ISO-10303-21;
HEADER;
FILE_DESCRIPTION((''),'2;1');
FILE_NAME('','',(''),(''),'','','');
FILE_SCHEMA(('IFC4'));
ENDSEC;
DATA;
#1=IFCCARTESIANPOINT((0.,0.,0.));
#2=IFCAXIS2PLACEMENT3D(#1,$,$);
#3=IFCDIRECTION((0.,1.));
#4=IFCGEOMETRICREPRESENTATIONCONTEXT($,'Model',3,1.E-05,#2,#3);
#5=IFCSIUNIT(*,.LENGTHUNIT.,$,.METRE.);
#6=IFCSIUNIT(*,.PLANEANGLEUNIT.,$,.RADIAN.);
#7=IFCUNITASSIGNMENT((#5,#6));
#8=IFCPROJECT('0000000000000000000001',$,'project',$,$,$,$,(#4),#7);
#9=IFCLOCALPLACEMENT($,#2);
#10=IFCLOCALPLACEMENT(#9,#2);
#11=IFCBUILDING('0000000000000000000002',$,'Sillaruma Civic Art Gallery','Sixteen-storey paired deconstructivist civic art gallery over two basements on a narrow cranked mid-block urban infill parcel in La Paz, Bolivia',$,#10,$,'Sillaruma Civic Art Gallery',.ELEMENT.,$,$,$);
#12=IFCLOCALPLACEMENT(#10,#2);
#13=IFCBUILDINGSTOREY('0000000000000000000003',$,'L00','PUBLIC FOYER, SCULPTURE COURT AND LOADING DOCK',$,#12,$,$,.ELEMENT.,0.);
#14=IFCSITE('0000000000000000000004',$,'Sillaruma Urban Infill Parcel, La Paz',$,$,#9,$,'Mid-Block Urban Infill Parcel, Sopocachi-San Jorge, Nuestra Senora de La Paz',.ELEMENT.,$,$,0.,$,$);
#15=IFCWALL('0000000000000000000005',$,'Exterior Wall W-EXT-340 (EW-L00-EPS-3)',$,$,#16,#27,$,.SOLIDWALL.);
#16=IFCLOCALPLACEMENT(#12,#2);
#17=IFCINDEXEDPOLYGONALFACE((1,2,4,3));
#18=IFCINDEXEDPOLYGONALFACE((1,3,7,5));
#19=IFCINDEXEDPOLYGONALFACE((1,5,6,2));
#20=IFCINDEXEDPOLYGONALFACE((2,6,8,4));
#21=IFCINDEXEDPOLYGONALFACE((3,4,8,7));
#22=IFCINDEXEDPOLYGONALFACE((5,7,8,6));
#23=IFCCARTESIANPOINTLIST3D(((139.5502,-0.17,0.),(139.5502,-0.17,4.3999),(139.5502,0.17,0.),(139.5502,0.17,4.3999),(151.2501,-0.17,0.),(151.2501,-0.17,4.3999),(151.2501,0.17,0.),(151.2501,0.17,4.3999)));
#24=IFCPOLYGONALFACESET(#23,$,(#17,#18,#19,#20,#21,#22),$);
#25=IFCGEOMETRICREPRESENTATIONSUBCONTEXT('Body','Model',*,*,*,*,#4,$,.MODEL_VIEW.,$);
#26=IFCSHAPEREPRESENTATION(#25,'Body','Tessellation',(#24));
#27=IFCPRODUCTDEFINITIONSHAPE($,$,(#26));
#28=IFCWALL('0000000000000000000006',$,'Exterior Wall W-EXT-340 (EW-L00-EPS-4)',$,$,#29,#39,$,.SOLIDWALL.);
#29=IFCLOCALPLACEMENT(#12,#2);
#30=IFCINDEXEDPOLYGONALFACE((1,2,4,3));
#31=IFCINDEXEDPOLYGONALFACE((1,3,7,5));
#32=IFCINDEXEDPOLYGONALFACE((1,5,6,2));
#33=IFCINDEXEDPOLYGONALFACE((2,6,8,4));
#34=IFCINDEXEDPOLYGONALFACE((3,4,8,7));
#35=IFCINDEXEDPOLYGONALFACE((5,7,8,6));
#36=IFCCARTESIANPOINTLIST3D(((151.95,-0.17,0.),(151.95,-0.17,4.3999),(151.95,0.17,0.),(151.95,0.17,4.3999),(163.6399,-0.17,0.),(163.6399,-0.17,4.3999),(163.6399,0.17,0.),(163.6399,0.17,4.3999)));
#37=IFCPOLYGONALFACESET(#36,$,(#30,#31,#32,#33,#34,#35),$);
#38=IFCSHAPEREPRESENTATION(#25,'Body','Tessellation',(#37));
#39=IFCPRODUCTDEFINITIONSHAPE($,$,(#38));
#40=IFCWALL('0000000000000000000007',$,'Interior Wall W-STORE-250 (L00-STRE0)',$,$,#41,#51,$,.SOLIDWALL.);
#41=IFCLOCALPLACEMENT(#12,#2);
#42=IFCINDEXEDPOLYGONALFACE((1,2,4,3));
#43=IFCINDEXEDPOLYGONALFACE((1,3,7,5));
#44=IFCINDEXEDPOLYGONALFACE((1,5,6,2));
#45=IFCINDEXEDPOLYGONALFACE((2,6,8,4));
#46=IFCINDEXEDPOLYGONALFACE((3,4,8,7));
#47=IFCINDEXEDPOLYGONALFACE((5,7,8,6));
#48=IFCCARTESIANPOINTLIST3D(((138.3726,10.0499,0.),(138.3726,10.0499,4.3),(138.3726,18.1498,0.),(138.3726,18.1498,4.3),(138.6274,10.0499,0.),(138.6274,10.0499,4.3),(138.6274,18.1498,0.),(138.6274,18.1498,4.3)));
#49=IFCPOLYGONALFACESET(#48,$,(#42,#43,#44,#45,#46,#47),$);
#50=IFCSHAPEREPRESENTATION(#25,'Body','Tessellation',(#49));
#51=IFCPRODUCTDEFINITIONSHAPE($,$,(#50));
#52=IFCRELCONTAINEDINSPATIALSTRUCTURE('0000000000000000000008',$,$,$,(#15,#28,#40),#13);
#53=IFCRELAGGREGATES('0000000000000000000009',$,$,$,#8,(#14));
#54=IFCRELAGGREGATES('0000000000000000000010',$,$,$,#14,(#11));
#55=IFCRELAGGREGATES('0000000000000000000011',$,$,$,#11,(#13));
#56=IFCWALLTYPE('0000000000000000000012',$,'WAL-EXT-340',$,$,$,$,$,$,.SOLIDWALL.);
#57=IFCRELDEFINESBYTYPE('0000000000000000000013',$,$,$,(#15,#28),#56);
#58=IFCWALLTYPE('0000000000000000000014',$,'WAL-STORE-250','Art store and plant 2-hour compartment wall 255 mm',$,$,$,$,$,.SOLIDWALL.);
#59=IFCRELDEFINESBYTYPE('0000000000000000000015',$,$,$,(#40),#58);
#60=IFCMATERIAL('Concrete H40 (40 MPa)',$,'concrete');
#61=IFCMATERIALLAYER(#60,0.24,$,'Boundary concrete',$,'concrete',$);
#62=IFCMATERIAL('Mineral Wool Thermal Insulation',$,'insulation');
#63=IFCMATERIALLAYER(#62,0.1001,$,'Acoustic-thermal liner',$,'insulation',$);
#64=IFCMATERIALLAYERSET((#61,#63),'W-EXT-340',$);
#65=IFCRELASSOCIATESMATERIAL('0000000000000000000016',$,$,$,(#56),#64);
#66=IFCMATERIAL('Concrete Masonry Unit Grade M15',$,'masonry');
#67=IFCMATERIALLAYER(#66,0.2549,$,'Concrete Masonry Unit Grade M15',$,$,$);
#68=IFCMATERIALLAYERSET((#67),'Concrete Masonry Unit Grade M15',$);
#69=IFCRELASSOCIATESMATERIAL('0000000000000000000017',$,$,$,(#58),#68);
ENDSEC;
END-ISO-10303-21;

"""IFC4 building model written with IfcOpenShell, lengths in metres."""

from ifc_helpers import new_model, si_unit, direction, frame, frame_2d, origin, place, context, subcontext, project, spatial, rectangle, extrude, material, layer, layer_set, type_object, element, save


model = new_model("IFC4")

# Units and contexts
model_context = context("Model", 3, precision=1e-05, world=origin(), true_north=direction((0.0, 1.0)))
body_context = subcontext(model_context, "Body", "Model", "MODEL_VIEW")
ifc_project = project(units=[si_unit("LENGTHUNIT", "METRE"), si_unit("PLANEANGLEUNIT", "RADIAN")], contexts=[model_context])

# Site, building, storey
site_placement = place(None, origin())
site = spatial("IfcSite", under=ifc_project, at=site_placement, Name="Sillaruma Urban Infill Parcel, La Paz", LongName="Mid-Block Urban Infill Parcel, Sopocachi-San Jorge, Nuestra Senora de La Paz", CompositionType="ELEMENT", RefElevation=0.0)
building_placement = place(site_placement, origin())
building = spatial("IfcBuilding", under=site, at=building_placement, Name="Sillaruma Civic Art Gallery", Description="Sixteen-storey paired deconstructivist civic art gallery over two basements on a narrow cranked mid-block urban infill parcel in La Paz, Bolivia", LongName="Sillaruma Civic Art Gallery", CompositionType="ELEMENT")
storey_placement = place(building_placement, origin())
storey = spatial("IfcBuildingStorey", under=building, at=storey_placement, Name="L00", Description="PUBLIC FOYER, SCULPTURE COURT AND LOADING DOCK", CompositionType="ELEMENT", Elevation=0.0)

# Shared definitions
ifc_material_1 = material(Name="Concrete H40 (40 MPa)", Category="concrete")

# Walls
ifc_layer_1 = layer(ifc_material_1, 0.24, Name="Boundary concrete", Category="concrete")
ifc_material_2 = material(Name="Mineral Wool Thermal Insulation", Category="insulation")
ifc_layer_2 = layer(ifc_material_2, 0.1001, Name="Acoustic-thermal liner", Category="insulation")
ifc_layer_set_1 = layer_set([ifc_layer_1, ifc_layer_2], Name="W-EXT-340")
wall_type_1 = type_object("IfcWallType", Name="WAL-EXT-340", PredefinedType="SOLIDWALL", material=ifc_layer_set_1)
wall_1_placement = place(storey_placement, frame((139.55, 0.0, 0.0), z_axis=(0.0, 0.0, 1.0), x_axis=(1.0, 0.0, 0.0)))
element("IfcWall", 1, at=wall_1_placement, inside=storey, type_object=wall_type_1, Name="Exterior Wall W-EXT-340 (EW-L00-EPS-3)", PredefinedType="SOLIDWALL", context=body_context, shape_type="SweptSolid", body=[
    extrude(rectangle(XDim=11.7, YDim=0.3401, at=frame_2d((5.8501, 0.0))), origin(), (0.0, 0.0, 1.0), 4.3999),
])
wall_2_placement = place(storey_placement, frame((151.95, 0.0, 0.0), z_axis=(0.0, 0.0, 1.0), x_axis=(1.0, 0.0, 0.0)))
element("IfcWall", 2, at=wall_2_placement, inside=storey, type_object=wall_type_1, Name="Exterior Wall W-EXT-340 (EW-L00-EPS-4)", PredefinedType="SOLIDWALL", context=body_context, shape_type="SweptSolid", body=[
    extrude(rectangle(XDim=11.6899, YDim=0.3401, at=frame_2d((5.845, 0.0))), origin(), (0.0, 0.0, 1.0), 4.3999),
])
ifc_material_3 = material(Name="Concrete Masonry Unit Grade M15", Category="masonry")
ifc_layer_3 = layer(ifc_material_3, 0.2549, Name="Concrete Masonry Unit Grade M15")
ifc_layer_set_2 = layer_set([ifc_layer_3], Name="Concrete Masonry Unit Grade M15")
wall_type_2 = type_object("IfcWallType", Name="WAL-STORE-250", Description="Art store and plant 2-hour compartment wall 255 mm", PredefinedType="SOLIDWALL", material=ifc_layer_set_2)
wall_3_placement = place(storey_placement, frame((138.5, 10.05, 0.0), z_axis=(0.0, 0.0, 1.0), x_axis=(0.0, 1.0, 0.0)))
element("IfcWall", 3, at=wall_3_placement, inside=storey, type_object=wall_type_2, Name="Interior Wall W-STORE-250 (L00-STRE0)", PredefinedType="SOLIDWALL", context=body_context, shape_type="SweptSolid", body=[
    extrude(rectangle(XDim=8.0999, YDim=0.2549, at=frame_2d((4.0498, 0.0))), origin(), (0.0, 0.0, 1.0), 4.3),
])

save(model, "model.ifc")
